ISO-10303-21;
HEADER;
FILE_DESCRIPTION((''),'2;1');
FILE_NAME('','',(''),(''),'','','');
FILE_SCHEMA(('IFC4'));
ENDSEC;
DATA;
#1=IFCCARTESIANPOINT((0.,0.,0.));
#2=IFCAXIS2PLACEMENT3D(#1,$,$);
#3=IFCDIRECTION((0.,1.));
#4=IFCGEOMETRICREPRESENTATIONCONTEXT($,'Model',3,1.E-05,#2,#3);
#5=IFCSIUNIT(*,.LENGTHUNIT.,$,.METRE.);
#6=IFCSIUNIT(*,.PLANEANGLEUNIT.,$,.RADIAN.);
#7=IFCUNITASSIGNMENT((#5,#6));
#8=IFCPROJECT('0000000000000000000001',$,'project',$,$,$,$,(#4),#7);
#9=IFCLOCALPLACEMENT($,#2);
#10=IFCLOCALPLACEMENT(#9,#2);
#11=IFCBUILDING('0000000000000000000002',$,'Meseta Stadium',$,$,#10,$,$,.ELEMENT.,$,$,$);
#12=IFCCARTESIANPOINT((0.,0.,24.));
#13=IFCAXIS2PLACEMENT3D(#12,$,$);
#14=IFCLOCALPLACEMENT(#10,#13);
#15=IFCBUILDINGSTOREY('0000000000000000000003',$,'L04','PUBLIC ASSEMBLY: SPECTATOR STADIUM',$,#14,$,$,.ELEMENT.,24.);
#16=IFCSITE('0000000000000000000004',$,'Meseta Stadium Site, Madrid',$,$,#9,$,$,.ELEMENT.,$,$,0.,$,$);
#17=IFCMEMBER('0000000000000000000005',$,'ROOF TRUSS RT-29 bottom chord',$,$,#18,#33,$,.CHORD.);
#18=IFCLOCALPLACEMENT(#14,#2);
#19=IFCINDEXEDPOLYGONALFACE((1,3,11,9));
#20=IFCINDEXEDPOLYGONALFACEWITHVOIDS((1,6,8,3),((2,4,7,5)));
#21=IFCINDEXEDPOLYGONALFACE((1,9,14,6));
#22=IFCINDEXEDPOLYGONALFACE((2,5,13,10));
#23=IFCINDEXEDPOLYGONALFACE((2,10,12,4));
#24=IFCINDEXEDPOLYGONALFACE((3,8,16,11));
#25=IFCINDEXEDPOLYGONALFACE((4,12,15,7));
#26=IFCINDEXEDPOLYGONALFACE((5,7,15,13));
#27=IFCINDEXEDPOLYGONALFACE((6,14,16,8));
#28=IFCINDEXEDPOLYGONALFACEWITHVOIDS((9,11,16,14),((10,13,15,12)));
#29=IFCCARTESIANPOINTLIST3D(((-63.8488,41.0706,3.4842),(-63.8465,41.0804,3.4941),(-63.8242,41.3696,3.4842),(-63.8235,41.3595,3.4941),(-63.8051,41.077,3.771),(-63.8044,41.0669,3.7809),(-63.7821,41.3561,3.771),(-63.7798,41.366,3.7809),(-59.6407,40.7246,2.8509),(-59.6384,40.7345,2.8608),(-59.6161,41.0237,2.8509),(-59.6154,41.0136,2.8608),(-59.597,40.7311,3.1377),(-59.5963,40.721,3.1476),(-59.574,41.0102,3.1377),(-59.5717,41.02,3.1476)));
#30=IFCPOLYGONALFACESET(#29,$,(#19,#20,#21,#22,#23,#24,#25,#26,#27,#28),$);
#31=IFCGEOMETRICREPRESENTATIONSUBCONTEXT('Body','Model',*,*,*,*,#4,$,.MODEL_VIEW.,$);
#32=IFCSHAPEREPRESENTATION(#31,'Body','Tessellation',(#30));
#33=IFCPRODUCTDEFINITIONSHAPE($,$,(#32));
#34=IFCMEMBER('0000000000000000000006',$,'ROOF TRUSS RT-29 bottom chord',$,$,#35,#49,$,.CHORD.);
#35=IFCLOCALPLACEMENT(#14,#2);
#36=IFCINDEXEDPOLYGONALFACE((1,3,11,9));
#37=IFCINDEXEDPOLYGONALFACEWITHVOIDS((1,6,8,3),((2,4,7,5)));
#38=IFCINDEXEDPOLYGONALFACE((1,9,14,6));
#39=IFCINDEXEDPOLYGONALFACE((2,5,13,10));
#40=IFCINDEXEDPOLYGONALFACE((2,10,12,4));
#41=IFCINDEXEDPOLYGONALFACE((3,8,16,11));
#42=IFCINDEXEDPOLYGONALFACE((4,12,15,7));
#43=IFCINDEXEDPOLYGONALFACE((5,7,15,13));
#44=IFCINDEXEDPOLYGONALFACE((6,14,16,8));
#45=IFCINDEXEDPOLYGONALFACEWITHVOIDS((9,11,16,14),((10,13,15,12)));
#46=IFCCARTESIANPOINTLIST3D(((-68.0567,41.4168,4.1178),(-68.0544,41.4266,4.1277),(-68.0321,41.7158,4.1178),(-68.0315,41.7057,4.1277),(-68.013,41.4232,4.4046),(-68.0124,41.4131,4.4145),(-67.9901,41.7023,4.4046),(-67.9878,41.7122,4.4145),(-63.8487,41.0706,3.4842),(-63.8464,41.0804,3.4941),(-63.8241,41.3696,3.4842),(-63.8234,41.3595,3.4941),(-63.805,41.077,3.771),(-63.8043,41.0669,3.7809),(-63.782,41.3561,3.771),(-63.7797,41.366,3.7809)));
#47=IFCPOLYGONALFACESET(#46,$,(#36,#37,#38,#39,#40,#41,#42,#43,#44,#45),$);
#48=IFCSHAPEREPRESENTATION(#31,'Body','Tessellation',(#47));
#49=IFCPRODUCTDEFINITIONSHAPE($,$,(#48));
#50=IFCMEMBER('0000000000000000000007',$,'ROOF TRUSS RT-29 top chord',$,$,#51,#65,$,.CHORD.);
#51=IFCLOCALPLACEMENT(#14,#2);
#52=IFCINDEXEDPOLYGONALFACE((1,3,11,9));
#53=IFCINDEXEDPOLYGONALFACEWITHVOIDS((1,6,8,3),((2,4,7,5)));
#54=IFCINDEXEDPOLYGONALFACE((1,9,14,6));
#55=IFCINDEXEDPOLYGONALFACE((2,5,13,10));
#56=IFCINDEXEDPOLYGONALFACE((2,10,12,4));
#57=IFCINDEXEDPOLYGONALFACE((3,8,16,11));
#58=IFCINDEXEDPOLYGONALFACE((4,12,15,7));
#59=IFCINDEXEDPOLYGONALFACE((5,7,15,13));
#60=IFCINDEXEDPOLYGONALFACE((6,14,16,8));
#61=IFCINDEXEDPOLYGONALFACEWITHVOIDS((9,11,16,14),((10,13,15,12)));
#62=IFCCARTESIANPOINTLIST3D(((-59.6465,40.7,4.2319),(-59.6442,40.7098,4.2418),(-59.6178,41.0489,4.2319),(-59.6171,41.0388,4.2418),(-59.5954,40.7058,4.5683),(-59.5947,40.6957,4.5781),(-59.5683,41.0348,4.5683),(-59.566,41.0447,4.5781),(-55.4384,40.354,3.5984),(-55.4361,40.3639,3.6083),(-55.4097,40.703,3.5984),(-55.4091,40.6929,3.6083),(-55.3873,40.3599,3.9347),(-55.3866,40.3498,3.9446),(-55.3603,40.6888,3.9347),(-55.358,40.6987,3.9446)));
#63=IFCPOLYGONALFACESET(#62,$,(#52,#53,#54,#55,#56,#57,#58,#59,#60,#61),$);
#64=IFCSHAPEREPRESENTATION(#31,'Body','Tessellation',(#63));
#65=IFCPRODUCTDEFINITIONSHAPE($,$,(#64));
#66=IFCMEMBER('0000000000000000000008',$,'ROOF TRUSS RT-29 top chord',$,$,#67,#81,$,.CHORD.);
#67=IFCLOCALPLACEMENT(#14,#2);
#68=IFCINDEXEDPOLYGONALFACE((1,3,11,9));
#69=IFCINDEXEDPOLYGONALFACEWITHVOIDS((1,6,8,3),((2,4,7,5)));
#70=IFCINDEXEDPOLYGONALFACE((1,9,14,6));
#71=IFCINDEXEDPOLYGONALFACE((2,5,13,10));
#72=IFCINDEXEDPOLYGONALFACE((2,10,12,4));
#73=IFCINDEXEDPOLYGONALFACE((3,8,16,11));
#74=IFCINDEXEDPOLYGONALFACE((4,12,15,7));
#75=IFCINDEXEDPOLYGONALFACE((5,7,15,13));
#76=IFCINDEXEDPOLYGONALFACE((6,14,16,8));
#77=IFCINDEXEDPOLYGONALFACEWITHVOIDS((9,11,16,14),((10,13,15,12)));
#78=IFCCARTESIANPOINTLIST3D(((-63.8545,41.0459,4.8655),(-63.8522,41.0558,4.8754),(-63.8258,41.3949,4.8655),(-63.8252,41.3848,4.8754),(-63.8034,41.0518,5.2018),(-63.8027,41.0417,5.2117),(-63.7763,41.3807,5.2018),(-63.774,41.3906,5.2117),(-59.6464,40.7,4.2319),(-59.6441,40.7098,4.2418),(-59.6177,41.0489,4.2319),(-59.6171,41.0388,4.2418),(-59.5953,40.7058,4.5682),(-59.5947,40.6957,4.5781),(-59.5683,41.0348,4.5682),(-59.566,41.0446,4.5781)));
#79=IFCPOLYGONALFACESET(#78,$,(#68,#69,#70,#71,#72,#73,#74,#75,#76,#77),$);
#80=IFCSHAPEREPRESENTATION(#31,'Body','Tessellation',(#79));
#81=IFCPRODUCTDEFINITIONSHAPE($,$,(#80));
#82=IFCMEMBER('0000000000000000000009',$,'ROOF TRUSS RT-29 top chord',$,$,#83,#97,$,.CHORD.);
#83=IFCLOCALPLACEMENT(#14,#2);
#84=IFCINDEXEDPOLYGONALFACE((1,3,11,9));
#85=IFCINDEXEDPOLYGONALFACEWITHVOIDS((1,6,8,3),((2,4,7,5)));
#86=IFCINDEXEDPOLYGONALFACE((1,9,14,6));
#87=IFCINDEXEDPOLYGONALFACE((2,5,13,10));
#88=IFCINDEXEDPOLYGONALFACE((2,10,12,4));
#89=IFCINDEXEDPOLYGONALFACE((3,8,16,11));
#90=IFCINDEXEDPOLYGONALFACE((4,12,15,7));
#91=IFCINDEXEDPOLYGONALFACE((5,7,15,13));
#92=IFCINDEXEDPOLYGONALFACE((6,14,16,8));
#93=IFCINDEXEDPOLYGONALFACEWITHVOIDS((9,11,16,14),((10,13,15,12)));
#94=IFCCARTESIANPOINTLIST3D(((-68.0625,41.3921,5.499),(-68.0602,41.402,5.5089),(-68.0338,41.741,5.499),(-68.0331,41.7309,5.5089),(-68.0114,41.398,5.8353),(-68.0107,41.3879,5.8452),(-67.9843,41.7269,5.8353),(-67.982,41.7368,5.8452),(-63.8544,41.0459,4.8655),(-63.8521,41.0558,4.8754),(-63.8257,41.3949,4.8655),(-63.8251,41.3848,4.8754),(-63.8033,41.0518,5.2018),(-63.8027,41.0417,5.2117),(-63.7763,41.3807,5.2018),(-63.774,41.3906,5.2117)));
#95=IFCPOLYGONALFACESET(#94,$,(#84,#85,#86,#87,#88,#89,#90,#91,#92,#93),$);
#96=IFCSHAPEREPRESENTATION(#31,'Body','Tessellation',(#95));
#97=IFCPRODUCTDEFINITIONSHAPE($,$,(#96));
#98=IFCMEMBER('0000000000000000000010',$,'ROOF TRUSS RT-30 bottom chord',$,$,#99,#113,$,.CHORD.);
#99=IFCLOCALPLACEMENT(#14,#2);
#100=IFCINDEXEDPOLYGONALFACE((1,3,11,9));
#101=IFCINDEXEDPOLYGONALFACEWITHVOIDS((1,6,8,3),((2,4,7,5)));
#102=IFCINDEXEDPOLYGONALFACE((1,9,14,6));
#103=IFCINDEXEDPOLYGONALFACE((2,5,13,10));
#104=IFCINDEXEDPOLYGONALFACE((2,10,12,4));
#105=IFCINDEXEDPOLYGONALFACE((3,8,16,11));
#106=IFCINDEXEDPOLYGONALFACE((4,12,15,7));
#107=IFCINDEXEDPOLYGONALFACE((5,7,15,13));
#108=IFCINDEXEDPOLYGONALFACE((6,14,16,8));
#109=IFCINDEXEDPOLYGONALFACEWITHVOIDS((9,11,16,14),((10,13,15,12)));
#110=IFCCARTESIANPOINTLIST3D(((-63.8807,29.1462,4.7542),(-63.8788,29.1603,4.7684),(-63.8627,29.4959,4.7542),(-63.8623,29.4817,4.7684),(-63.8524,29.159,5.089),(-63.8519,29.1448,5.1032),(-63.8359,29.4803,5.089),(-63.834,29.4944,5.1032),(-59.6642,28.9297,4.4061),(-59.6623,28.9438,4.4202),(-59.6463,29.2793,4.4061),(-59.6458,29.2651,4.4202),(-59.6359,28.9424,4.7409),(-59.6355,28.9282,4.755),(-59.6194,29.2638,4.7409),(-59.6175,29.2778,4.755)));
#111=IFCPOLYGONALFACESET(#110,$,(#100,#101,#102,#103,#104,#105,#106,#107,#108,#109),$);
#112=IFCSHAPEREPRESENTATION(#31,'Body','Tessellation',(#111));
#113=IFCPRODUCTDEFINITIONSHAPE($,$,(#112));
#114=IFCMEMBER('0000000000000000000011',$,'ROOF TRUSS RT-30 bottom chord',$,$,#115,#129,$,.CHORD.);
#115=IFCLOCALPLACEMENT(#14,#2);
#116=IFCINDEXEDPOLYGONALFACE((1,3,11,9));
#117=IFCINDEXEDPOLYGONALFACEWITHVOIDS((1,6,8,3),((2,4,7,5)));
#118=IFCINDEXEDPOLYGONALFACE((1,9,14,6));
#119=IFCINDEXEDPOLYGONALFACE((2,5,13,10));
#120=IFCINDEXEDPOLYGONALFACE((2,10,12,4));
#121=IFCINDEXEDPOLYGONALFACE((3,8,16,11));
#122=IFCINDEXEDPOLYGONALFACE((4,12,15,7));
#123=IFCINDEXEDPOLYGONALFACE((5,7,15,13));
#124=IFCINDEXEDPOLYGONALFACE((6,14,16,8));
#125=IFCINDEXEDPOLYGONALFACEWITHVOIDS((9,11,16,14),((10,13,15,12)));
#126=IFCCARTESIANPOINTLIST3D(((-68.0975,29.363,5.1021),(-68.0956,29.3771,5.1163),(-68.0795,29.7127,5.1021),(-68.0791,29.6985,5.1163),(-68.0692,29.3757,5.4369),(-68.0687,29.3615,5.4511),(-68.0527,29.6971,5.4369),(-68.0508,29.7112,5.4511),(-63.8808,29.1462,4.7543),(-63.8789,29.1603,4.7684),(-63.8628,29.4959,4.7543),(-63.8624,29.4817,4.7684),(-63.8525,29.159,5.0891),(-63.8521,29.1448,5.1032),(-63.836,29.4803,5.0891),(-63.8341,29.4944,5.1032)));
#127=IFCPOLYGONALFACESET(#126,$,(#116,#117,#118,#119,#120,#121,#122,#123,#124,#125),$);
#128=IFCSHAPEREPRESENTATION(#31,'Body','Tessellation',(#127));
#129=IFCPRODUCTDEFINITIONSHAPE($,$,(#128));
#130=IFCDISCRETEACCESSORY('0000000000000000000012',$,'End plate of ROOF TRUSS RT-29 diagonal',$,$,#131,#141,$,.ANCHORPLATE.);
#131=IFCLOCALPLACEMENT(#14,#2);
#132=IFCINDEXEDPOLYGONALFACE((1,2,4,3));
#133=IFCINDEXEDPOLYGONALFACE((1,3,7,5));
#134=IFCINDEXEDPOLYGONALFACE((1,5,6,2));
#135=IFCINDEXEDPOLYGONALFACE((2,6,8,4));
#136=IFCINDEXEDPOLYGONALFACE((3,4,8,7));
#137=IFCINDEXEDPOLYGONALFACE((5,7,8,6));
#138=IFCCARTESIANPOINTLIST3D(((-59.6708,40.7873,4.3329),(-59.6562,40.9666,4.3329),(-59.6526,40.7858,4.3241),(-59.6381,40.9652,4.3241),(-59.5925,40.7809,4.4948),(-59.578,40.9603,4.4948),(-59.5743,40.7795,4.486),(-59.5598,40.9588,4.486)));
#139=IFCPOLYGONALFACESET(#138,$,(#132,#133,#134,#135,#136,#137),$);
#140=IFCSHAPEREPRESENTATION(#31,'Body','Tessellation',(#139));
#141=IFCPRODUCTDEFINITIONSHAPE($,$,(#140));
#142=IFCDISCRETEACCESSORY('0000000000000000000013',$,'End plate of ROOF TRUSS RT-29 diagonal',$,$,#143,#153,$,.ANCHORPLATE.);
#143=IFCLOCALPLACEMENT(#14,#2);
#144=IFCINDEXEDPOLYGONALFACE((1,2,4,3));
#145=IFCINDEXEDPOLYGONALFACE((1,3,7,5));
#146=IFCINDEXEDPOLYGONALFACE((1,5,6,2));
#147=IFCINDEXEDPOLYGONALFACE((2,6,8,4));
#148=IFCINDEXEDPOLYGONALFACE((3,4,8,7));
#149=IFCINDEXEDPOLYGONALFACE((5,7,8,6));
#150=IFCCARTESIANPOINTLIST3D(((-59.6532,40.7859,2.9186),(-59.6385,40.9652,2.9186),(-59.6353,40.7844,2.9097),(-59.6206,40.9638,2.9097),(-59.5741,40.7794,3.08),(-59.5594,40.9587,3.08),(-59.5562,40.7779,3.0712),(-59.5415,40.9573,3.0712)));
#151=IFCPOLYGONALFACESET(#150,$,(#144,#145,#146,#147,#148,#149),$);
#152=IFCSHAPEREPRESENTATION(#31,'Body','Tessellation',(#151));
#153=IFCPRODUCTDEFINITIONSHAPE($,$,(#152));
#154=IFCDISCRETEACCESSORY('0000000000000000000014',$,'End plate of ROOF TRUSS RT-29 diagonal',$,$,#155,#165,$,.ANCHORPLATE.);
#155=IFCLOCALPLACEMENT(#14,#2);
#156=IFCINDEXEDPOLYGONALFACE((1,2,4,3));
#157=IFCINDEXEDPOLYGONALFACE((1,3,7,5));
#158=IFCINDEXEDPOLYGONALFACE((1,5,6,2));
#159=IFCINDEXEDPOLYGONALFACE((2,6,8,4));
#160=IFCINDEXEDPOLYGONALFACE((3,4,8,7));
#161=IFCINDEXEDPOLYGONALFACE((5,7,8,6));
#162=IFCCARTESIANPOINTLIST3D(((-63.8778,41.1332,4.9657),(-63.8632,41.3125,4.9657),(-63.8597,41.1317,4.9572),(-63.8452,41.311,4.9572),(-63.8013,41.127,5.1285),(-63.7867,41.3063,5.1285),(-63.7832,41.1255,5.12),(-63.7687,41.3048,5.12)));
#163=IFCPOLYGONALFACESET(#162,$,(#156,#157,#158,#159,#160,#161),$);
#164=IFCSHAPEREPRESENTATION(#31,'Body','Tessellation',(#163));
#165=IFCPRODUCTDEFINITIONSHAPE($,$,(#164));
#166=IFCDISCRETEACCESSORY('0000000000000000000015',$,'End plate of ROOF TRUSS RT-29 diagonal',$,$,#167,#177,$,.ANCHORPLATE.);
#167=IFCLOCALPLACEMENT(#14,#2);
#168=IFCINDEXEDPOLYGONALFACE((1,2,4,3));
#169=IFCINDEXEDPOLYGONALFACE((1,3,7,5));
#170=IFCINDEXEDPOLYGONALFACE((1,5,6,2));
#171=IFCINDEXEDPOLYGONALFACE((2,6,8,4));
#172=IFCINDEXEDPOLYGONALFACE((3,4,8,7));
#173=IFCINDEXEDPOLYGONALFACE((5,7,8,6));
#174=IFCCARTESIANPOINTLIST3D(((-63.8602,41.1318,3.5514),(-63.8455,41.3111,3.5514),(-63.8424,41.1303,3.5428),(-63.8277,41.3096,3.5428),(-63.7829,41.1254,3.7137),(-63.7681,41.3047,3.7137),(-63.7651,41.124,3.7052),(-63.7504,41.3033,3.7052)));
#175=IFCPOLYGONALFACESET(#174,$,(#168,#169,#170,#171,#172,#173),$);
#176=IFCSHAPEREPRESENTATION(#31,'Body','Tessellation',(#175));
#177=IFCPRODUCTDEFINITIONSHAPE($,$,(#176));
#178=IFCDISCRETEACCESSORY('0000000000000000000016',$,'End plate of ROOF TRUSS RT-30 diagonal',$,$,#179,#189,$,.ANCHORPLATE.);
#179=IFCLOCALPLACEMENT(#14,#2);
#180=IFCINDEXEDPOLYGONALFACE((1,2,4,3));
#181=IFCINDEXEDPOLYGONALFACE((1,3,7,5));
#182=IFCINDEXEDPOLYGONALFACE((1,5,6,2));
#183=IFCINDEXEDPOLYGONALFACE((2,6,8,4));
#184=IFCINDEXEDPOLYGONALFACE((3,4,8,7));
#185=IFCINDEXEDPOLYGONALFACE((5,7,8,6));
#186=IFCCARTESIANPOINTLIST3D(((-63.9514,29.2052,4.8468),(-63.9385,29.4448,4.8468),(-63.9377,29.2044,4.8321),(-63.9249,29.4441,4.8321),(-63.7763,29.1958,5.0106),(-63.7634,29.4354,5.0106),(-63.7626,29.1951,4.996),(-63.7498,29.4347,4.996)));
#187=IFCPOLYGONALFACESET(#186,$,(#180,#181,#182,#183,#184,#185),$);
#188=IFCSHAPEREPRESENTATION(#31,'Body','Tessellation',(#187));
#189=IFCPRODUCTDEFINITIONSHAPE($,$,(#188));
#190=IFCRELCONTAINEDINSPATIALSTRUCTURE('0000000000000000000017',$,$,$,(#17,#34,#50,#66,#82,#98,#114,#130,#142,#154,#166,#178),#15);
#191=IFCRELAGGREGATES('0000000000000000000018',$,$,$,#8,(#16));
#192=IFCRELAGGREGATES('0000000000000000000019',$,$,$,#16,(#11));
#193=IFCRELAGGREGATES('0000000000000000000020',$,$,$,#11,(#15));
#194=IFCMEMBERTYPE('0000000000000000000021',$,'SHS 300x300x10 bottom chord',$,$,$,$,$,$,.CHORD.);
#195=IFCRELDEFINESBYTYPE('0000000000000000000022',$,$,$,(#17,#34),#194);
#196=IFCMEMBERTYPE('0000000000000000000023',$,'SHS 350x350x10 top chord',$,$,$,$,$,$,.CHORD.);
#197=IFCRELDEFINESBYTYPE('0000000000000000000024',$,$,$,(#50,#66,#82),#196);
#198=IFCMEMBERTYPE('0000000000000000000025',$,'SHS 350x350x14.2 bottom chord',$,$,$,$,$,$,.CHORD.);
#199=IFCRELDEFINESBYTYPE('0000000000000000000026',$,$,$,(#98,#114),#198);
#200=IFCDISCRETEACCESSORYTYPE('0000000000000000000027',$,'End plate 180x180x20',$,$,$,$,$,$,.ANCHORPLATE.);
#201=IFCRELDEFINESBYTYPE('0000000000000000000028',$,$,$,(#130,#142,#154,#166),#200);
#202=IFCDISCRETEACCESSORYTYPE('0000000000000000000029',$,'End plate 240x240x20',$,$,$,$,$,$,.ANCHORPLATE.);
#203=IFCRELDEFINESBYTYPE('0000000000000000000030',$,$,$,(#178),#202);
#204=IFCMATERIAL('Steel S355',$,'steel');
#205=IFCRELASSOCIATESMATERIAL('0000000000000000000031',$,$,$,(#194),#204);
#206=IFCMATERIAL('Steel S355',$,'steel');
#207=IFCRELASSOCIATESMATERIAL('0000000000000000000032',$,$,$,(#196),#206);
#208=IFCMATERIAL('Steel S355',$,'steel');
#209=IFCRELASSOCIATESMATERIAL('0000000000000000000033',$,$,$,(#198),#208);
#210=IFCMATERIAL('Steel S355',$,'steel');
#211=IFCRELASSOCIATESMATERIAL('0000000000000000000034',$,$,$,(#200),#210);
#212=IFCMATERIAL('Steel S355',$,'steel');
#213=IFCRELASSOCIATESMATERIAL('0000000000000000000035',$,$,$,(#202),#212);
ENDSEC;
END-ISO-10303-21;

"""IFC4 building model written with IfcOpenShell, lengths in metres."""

from ifc_helpers import new_model, si_unit, direction, frame, origin, origin_2d, place, context, subcontext, project, spatial, rectangle, hollow_rectangle, extrude, material, material_profile, profile_set, type_object, element, save


model = new_model("IFC4")

# Units and contexts
model_context = context("Model", 3, precision=1e-05, world=origin(), true_north=direction((0.0, 1.0)))
body_context = subcontext(model_context, "Body", "Model", "MODEL_VIEW")
ifc_project = project(units=[si_unit("LENGTHUNIT", "METRE"), si_unit("PLANEANGLEUNIT", "RADIAN")], contexts=[model_context])

# Site, building, storey
site_placement = place(None, origin())
site = spatial("IfcSite", under=ifc_project, at=site_placement, Name="Meseta Stadium Site, Madrid", CompositionType="ELEMENT", RefElevation=0.0)
building_placement = place(site_placement, origin())
building = spatial("IfcBuilding", under=site, at=building_placement, Name="Meseta Stadium", CompositionType="ELEMENT")
storey_placement = place(building_placement, frame((0.0, 0.0, 24.0)))
storey = spatial("IfcBuildingStorey", under=building, at=storey_placement, Name="L04", Description="PUBLIC ASSEMBLY: SPECTATOR STADIUM", CompositionType="ELEMENT", Elevation=24.0)

# Members
ifc_material_1 = material(Name="Steel S355", Category="steel")
ifc_material_profile_1 = material_profile(ifc_material_1, hollow_rectangle(XDim=0.3, YDim=0.3, WallThickness=0.01, at=origin_2d()), Name="SHS 300x300x10")
ifc_profile_set_1 = profile_set([ifc_material_profile_1], Name="Steel S355")
member_type_1 = type_object("IfcMemberType", Name="SHS 300x300x10 bottom chord", PredefinedType="CHORD", material=ifc_profile_set_1)
for number, where, z_axis, x_axis, name in (
    (1, (-59.6062, 40.8723, 2.9993), (-0.985612, 0.081029, 0.148334), (-0.081935, -0.996638, 0.0), "ROOF TRUSS RT-29 bottom chord"),
    (2, (-63.8142, 41.2183, 3.6326), (-0.985599, 0.081085, 0.148389), (-0.081993, -0.996633, 0.0), "ROOF TRUSS RT-29 bottom chord"),
):
    element("IfcMember", number, at=place(storey_placement, frame(where, z_axis=z_axis, x_axis=x_axis)), inside=storey, type_object=member_type_1, Name=name, PredefinedType="CHORD", context=body_context, shape_type="SweptSolid", body=[
        extrude(hollow_rectangle(XDim=0.3, YDim=0.3, WallThickness=0.01, at=origin_2d()), origin(), (0.0, 0.0, 1.0), 4.2695),
    ])
ifc_material_2 = material(Name="Steel S355", Category="steel")
ifc_material_profile_2 = material_profile(ifc_material_2, hollow_rectangle(XDim=0.3501, YDim=0.3501, WallThickness=0.01, at=origin_2d()), Name="SHS 350x350x10")
ifc_profile_set_2 = profile_set([ifc_material_profile_2], Name="Steel S355")
member_type_2 = type_object("IfcMemberType", Name="SHS 350x350x10 top chord", PredefinedType="CHORD", material=ifc_profile_set_2)
for number, where, z_axis, x_axis, name in (
    (3, (-55.3982, 40.5264, 3.7715), (-0.985604, 0.081028, 0.14839), (-0.081935, -0.996638, 0.0), "ROOF TRUSS RT-29 top chord"),
    (4, (-59.6062, 40.8723, 4.405), (-0.985604, 0.081028, 0.14839), (-0.081935, -0.996638, 0.0), "ROOF TRUSS RT-29 top chord"),
    (5, (-63.8142, 41.2183, 5.0386), (-0.985599, 0.081085, 0.148389), (-0.081993, -0.996633, 0.0), "ROOF TRUSS RT-29 top chord"),
):
    element("IfcMember", number, at=place(storey_placement, frame(where, z_axis=z_axis, x_axis=x_axis)), inside=storey, type_object=member_type_2, Name=name, PredefinedType="CHORD", context=body_context, shape_type="SweptSolid", body=[
        extrude(hollow_rectangle(XDim=0.3501, YDim=0.3501, WallThickness=0.01, at=origin_2d()), origin(), (0.0, 0.0, 1.0), 4.2695),
    ])
ifc_material_3 = material(Name="Steel S355", Category="steel")
ifc_material_profile_3 = material_profile(ifc_material_3, hollow_rectangle(XDim=0.3501, YDim=0.3501, WallThickness=0.0142, at=origin_2d()), Name="SHS 350x350x14.2")
ifc_profile_set_3 = profile_set([ifc_material_profile_3], Name="Steel S355")
member_type_3 = type_object("IfcMemberType", Name="SHS 350x350x14.2 bottom chord", PredefinedType="CHORD", material=ifc_profile_set_3)
member_1_placement = place(storey_placement, frame((-59.6409, 29.1038, 4.5806), z_axis=(-0.995306, 0.051117, 0.082179), x_axis=(-0.05129, -0.998684, 0.0)))
element("IfcMember", 6, at=member_1_placement, inside=storey, type_object=member_type_3, Name="ROOF TRUSS RT-30 bottom chord", PredefinedType="CHORD", context=body_context, shape_type="SweptSolid", body=[
    extrude(hollow_rectangle(XDim=0.3501, YDim=0.3501, WallThickness=0.0142, at=origin_2d()), origin(), (0.0, 0.0, 1.0), 4.2363),
])
member_2_placement = place(storey_placement, frame((-63.8574, 29.3203, 4.9287), z_axis=(-0.995308, 0.051171, 0.082116), x_axis=(-0.051345, -0.998681, 0.0)))
element("IfcMember", 7, at=member_2_placement, inside=storey, type_object=member_type_3, Name="ROOF TRUSS RT-30 bottom chord", PredefinedType="CHORD", context=body_context, shape_type="SweptSolid", body=[
    extrude(hollow_rectangle(XDim=0.3501, YDim=0.3501, WallThickness=0.0142, at=origin_2d()), origin(), (0.0, 0.0, 1.0), 4.2366),
])

# Discrete accessories
ifc_material_4 = material(Name="Steel S355", Category="steel")
ifc_material_profile_4 = material_profile(ifc_material_4, rectangle(XDim=0.1799, YDim=0.1799, at=origin_2d()), Name="PL 180x180")
ifc_profile_set_4 = profile_set([ifc_material_profile_4], Name="Steel S355")
discrete_accessory_type_1 = type_object("IfcDiscreteAccessoryType", Name="End plate 180x180x20", PredefinedType="ANCHORPLATE", material=ifc_profile_set_4)
discrete_accessory_1_placement = place(storey_placement, frame((-59.6062, 40.8723, 4.405), z_axis=(-0.896854, 0.072718, 0.436308), x_axis=(-0.080816, -0.996729, 0.0)))
element("IfcDiscreteAccessory", 8, at=discrete_accessory_1_placement, inside=storey, type_object=discrete_accessory_type_1, Name="End plate of ROOF TRUSS RT-29 diagonal", PredefinedType="ANCHORPLATE", context=body_context, shape_type="SweptSolid", body=[
    extrude(rectangle(XDim=0.1799, YDim=0.1799, at=origin_2d()), origin(), (0.0, 0.0, 1.0), 0.0203),
])
for number, where, z_axis, x_axis, name in (
    (9, (-59.5884, 40.8708, 2.9905), (-0.894444, 0.073516, 0.441096), (-0.081916, -0.996639, 0.0), "End plate of ROOF TRUSS RT-29 diagonal"),
    (10, (-63.8142, 41.2183, 5.0386), (-0.901568, 0.0731, 0.426417), (-0.080816, -0.996729, 0.0), "End plate of ROOF TRUSS RT-29 diagonal"),
):
    element("IfcDiscreteAccessory", number, at=place(storey_placement, frame(where, z_axis=z_axis, x_axis=x_axis)), inside=storey, type_object=discrete_accessory_type_1, Name=name, PredefinedType="ANCHORPLATE", context=body_context, shape_type="SweptSolid", body=[
        extrude(rectangle(XDim=0.1799, YDim=0.1799, at=origin_2d()), origin(), (0.0, 0.0, 1.0), 0.02),
    ])
discrete_accessory_2_placement = place(storey_placement, frame((-63.7964, 41.2168, 3.624), z_axis=(-0.899249, 0.073911, 0.431147), x_axis=(-0.081916, -0.996639, 0.0)))
element("IfcDiscreteAccessory", 11, at=discrete_accessory_2_placement, inside=storey, type_object=discrete_accessory_type_1, Name="End plate of ROOF TRUSS RT-29 diagonal", PredefinedType="ANCHORPLATE", context=body_context, shape_type="SweptSolid", body=[
    extrude(rectangle(XDim=0.1799, YDim=0.1799, at=origin_2d()), origin(), (0.0, 0.0, 1.0), 0.0198),
])
ifc_material_5 = material(Name="Steel S355", Category="steel")
ifc_material_profile_5 = material_profile(ifc_material_5, rectangle(XDim=0.24, YDim=0.24, at=origin_2d()), Name="PL 240x240")
ifc_profile_set_5 = profile_set([ifc_material_profile_5], Name="Steel S355")
discrete_accessory_type_2 = type_object("IfcDiscreteAccessoryType", Name="End plate 240x240x20", PredefinedType="ANCHORPLATE", material=ifc_profile_set_5)
discrete_accessory_3_placement = place(storey_placement, frame((-63.8438, 29.3196, 4.9141), z_axis=(-0.681863, 0.036528, 0.730567), x_axis=(-0.053495, -0.998568, 0.0)))
element("IfcDiscreteAccessory", 12, at=discrete_accessory_3_placement, inside=storey, type_object=discrete_accessory_type_2, Name="End plate of ROOF TRUSS RT-30 diagonal", PredefinedType="ANCHORPLATE", context=body_context, shape_type="SweptSolid", body=[
    extrude(rectangle(XDim=0.24, YDim=0.24, at=origin_2d()), origin(), (0.0, 0.0, 1.0), 0.02),
])

save(model, "model.ifc")
